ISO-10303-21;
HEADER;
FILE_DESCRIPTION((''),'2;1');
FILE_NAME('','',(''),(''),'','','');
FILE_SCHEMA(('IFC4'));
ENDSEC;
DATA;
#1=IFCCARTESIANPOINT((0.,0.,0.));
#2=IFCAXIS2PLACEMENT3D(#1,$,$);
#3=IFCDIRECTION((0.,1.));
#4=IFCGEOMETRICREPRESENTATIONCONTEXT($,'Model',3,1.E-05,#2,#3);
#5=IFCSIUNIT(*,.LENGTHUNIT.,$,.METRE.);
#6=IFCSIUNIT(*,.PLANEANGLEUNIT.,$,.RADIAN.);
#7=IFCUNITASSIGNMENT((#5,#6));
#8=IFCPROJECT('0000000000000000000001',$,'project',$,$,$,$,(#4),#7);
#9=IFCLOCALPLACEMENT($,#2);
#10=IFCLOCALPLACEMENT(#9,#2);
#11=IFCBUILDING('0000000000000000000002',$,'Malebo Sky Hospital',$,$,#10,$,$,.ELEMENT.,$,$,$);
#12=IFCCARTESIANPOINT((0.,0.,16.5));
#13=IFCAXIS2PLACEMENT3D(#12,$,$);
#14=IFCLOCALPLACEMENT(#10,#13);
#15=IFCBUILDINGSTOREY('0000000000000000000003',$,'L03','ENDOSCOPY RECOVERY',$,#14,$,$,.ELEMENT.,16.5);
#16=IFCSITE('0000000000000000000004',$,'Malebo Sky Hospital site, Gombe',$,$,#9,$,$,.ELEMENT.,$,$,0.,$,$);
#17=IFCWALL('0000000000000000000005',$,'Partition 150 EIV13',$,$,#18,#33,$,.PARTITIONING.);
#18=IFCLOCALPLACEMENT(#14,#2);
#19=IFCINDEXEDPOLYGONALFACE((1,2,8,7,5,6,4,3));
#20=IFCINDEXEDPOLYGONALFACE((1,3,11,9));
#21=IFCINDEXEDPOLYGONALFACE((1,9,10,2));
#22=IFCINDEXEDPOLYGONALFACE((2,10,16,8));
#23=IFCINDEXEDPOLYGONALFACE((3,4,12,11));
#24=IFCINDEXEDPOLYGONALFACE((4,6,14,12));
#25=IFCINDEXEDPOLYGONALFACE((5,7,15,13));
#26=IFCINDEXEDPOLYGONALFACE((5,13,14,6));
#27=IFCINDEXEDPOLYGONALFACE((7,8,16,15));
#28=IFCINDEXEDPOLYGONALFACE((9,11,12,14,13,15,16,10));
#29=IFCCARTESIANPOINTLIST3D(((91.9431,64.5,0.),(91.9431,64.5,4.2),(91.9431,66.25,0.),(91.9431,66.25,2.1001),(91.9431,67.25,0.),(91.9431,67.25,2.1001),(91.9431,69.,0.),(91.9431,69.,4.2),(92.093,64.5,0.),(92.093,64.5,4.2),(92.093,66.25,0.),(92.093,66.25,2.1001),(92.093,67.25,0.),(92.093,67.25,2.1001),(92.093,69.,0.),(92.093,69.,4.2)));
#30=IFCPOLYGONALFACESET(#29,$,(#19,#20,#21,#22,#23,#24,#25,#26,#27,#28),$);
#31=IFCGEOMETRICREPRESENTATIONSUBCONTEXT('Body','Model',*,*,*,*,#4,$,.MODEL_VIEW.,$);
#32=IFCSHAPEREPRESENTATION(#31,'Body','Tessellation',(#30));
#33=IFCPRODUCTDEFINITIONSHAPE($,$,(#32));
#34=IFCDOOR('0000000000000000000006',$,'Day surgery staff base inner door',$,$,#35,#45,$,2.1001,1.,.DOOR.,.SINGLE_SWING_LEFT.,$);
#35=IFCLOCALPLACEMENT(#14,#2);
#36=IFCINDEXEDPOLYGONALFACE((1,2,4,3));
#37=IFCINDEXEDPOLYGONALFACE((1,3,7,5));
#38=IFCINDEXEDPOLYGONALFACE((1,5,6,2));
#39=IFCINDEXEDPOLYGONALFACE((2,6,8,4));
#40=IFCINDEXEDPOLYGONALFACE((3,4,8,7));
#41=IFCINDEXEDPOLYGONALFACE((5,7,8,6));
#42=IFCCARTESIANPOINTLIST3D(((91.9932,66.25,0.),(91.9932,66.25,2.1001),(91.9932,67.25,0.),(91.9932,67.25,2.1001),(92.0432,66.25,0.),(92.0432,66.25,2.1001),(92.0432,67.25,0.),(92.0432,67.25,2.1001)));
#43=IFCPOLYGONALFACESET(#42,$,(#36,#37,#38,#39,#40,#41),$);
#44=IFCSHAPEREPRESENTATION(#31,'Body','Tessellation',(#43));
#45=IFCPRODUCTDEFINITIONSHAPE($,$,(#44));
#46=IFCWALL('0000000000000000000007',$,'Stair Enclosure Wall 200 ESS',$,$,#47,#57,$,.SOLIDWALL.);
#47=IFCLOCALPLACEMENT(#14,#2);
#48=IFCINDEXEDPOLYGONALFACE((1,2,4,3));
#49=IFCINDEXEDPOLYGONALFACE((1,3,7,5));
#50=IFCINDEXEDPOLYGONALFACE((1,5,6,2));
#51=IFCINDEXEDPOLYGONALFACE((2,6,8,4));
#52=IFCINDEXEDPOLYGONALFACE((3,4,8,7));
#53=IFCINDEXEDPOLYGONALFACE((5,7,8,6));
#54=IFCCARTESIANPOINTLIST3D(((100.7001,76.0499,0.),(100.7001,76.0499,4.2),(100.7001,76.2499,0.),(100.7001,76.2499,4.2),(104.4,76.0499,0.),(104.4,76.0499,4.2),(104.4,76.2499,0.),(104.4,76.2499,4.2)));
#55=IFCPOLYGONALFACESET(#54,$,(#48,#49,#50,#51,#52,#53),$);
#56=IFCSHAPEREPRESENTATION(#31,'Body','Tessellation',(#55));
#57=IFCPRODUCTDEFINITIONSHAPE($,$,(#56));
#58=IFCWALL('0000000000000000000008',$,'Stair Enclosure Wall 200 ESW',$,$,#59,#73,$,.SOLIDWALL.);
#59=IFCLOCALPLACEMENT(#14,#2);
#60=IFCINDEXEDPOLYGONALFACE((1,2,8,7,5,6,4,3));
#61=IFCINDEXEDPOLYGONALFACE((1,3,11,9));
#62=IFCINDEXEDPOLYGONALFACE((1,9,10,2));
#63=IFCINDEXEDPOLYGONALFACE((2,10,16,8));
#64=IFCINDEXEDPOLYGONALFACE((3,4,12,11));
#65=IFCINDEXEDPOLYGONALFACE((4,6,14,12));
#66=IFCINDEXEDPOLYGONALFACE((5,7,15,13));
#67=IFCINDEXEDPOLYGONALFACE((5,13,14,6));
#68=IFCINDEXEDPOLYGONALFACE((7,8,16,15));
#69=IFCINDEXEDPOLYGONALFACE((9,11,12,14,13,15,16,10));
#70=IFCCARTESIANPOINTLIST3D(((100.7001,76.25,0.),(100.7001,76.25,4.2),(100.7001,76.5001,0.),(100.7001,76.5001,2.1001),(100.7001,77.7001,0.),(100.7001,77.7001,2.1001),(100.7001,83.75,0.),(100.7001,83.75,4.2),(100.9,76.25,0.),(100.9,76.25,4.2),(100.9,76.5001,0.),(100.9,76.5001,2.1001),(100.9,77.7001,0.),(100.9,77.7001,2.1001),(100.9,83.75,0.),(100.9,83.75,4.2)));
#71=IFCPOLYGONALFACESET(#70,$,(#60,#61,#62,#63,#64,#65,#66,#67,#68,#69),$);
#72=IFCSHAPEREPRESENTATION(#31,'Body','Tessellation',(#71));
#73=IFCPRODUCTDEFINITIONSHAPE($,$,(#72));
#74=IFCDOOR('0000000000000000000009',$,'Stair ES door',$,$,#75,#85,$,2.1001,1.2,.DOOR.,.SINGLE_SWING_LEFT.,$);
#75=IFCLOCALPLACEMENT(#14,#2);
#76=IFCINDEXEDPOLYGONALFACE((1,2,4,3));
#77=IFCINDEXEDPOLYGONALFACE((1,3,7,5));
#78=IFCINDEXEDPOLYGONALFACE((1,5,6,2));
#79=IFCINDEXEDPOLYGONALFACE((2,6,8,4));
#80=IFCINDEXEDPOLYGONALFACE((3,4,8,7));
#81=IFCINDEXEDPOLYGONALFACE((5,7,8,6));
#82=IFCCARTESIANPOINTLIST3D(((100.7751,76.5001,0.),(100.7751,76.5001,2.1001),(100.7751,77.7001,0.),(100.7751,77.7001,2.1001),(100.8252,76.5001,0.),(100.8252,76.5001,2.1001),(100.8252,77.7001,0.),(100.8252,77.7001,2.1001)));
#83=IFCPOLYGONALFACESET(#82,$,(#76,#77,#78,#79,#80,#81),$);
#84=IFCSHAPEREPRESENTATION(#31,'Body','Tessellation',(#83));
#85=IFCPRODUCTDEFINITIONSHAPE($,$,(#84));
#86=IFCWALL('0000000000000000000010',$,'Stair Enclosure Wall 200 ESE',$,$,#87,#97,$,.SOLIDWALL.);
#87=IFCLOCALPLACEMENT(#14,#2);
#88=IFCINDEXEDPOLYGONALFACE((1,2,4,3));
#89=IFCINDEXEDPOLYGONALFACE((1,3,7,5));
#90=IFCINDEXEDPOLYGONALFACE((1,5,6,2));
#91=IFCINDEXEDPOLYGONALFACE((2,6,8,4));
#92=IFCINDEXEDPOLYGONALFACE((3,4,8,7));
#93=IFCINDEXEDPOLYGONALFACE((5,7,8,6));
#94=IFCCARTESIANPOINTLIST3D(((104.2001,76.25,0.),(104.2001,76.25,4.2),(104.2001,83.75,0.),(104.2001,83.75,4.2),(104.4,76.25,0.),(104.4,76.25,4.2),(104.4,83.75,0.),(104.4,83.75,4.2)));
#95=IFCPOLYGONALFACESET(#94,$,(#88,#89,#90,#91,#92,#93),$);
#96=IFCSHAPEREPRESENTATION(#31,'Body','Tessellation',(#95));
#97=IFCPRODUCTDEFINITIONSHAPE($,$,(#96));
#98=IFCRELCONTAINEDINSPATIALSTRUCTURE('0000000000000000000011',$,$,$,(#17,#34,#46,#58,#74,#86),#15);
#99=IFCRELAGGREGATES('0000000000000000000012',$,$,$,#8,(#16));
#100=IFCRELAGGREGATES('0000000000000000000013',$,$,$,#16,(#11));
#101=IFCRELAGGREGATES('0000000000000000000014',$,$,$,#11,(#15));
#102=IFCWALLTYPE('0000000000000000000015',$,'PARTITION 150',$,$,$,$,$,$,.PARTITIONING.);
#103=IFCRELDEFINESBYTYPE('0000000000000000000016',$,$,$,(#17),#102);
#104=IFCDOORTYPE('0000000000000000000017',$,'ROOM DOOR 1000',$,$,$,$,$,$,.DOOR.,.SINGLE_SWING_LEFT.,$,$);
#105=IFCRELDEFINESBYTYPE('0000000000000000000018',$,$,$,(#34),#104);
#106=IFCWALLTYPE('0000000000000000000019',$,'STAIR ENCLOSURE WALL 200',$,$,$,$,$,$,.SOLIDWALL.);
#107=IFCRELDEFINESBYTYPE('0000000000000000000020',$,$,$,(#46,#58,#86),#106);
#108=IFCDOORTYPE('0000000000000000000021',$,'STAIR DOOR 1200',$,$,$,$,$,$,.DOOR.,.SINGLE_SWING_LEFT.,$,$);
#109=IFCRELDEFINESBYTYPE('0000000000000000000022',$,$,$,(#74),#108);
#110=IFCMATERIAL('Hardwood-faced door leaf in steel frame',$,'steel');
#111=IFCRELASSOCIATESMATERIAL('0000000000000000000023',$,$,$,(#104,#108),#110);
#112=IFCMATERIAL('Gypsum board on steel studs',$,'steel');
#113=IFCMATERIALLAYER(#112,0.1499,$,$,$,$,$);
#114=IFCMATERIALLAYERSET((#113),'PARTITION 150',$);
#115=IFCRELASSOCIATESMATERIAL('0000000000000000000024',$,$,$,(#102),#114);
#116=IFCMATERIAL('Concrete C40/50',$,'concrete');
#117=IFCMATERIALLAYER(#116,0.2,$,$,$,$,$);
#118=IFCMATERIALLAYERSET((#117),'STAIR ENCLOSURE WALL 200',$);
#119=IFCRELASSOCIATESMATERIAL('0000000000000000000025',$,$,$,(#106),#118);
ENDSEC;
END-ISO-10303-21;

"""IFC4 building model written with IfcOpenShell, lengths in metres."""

from ifc_helpers import new_model, si_unit, direction, frame, frame_2d, origin, place, context, subcontext, project, spatial, rectangle, extrude, material, layer, layer_set, type_object, element, fill, save


model = new_model("IFC4")

# Units and contexts
model_context = context("Model", 3, precision=1e-05, world=origin(), true_north=direction((0.0, 1.0)))
body_context = subcontext(model_context, "Body", "Model", "MODEL_VIEW")
ifc_project = project(units=[si_unit("LENGTHUNIT", "METRE"), si_unit("PLANEANGLEUNIT", "RADIAN")], contexts=[model_context])

# Site, building, storey
site_placement = place(None, origin())
site = spatial("IfcSite", under=ifc_project, at=site_placement, Name="Malebo Sky Hospital site, Gombe", CompositionType="ELEMENT", RefElevation=0.0)
building_placement = place(site_placement, origin())
building = spatial("IfcBuilding", under=site, at=building_placement, Name="Malebo Sky Hospital", CompositionType="ELEMENT")
storey_placement = place(building_placement, frame((0.0, 0.0, 16.5)))
storey = spatial("IfcBuildingStorey", under=building, at=storey_placement, Name="L03", Description="ENDOSCOPY RECOVERY", CompositionType="ELEMENT", Elevation=16.5)

# Shared definitions
ifc_material_1 = material(Name="Gypsum board on steel studs", Category="steel")
ifc_material_2 = material(Name="Hardwood-faced door leaf in steel frame", Category="steel")
door_type_1 = type_object("IfcDoorType", Name="ROOM DOOR 1000", OperationType="SINGLE_SWING_LEFT", PredefinedType="DOOR", material=ifc_material_2)

# Shared definitions
ifc_layer_1 = layer(ifc_material_1, 0.1499)
ifc_layer_set_1 = layer_set([ifc_layer_1], Name="PARTITION 150")
wall_type_1 = type_object("IfcWallType", Name="PARTITION 150", PredefinedType="PARTITIONING", material=ifc_layer_set_1)

# Wall, opening, door
wall_1_placement = place(storey_placement, frame((92.0181, 64.5, 0.0), z_axis=(0.0, 0.0, 1.0), x_axis=(0.0, 1.0, 0.0)))
wall_1 = element("IfcWall", 1, at=wall_1_placement, inside=storey, type_object=wall_type_1, Name="Partition 150 EIV13", PredefinedType="PARTITIONING", context=body_context, shape_type="SweptSolid", body=[
    extrude(rectangle(XDim=4.5, YDim=0.1499, at=frame_2d((2.25, 0.0))), origin(), (0.0, 0.0, 1.0), 4.2),
])
opening_1_placement = place(wall_1_placement, frame((1.75, 0.0, 0.0)))
opening_1 = element("IfcOpeningElement", 2, at=opening_1_placement, cuts=wall_1, PredefinedType="OPENING", context=body_context, shape_type="SweptSolid", body=[
    extrude(rectangle(XDim=1.0, YDim=2.1001, at=frame_2d((0.5, 1.05))), frame((0.0, 0.085, 0.0), z_axis=(0.0, -1.0, 0.0), x_axis=(1.0, 0.0, 0.0)), (0.0, 0.0, 1.0), 0.1699),
])
door_1_placement = place(opening_1_placement, origin())
door_1 = element("IfcDoor", 3, at=door_1_placement, inside=storey, type_object=door_type_1, Name="Day surgery staff base inner door", OperationType="SINGLE_SWING_LEFT", OverallHeight=2.1001, OverallWidth=1.0, PredefinedType="DOOR", context=body_context, shape_type="SweptSolid", body=[
    extrude(rectangle(XDim=1.0, YDim=2.1001, at=frame_2d((0.5, 1.05))), frame((0.0, 0.0249, 0.0), z_axis=(0.0, -1.0, 0.0), x_axis=(1.0, 0.0, 0.0)), (0.0, 0.0, 1.0), 0.05),
])
fill(opening_1, door_1)

# Wall
ifc_material_3 = material(Name="Concrete C40/50", Category="concrete")
ifc_layer_2 = layer(ifc_material_3, 0.2)
ifc_layer_set_2 = layer_set([ifc_layer_2], Name="STAIR ENCLOSURE WALL 200")
wall_type_2 = type_object("IfcWallType", Name="STAIR ENCLOSURE WALL 200", PredefinedType="SOLIDWALL", material=ifc_layer_set_2)
wall_2_placement = place(storey_placement, frame((100.7, 76.1499, 0.0), z_axis=(0.0, 0.0, 1.0), x_axis=(1.0, 0.0, 0.0)))
element("IfcWall", 4, at=wall_2_placement, inside=storey, type_object=wall_type_2, Name="Stair Enclosure Wall 200 ESS", PredefinedType="SOLIDWALL", context=body_context, shape_type="SweptSolid", body=[
    extrude(rectangle(XDim=3.7, YDim=0.2, at=frame_2d((1.8501, 0.0))), origin(), (0.0, 0.0, 1.0), 4.2),
])

# Wall, opening, door
wall_3_placement = place(storey_placement, frame((100.8, 76.25, 0.0), z_axis=(0.0, 0.0, 1.0), x_axis=(0.0, 1.0, 0.0)))
wall_3 = element("IfcWall", 5, at=wall_3_placement, inside=storey, type_object=wall_type_2, Name="Stair Enclosure Wall 200 ESW", PredefinedType="SOLIDWALL", context=body_context, shape_type="SweptSolid", body=[
    extrude(rectangle(XDim=7.5, YDim=0.2, at=frame_2d((3.75, 0.0))), origin(), (0.0, 0.0, 1.0), 4.2),
])
opening_2_placement = place(wall_3_placement, frame((0.25, 0.0, 0.0)))
opening_2 = element("IfcOpeningElement", 6, at=opening_2_placement, cuts=wall_3, PredefinedType="OPENING", context=body_context, shape_type="SweptSolid", body=[
    extrude(rectangle(XDim=1.2, YDim=2.1001, at=frame_2d((0.6001, 1.05))), frame((0.0, 0.1099, 0.0), z_axis=(0.0, -1.0, 0.0), x_axis=(1.0, 0.0, 0.0)), (0.0, 0.0, 1.0), 0.22),
])
door_type_2 = type_object("IfcDoorType", Name="STAIR DOOR 1200", OperationType="SINGLE_SWING_LEFT", PredefinedType="DOOR", material=ifc_material_2)
door_2_placement = place(opening_2_placement, origin())
door_2 = element("IfcDoor", 7, at=door_2_placement, inside=storey, type_object=door_type_2, Name="Stair ES door", OperationType="SINGLE_SWING_LEFT", OverallHeight=2.1001, OverallWidth=1.2, PredefinedType="DOOR", context=body_context, shape_type="SweptSolid", body=[
    extrude(rectangle(XDim=1.2, YDim=2.1001, at=frame_2d((0.6001, 1.05))), frame((0.0, 0.0249, 0.0), z_axis=(0.0, -1.0, 0.0), x_axis=(1.0, 0.0, 0.0)), (0.0, 0.0, 1.0), 0.05),
])
fill(opening_2, door_2)

# Wall
wall_4_placement = place(storey_placement, frame((104.3, 76.25, 0.0), z_axis=(0.0, 0.0, 1.0), x_axis=(0.0, 1.0, 0.0)))
element("IfcWall", 8, at=wall_4_placement, inside=storey, type_object=wall_type_2, Name="Stair Enclosure Wall 200 ESE", PredefinedType="SOLIDWALL", context=body_context, shape_type="SweptSolid", body=[
    extrude(rectangle(XDim=7.5, YDim=0.2, at=frame_2d((3.75, 0.0))), origin(), (0.0, 0.0, 1.0), 4.2),
])

save(model, "model.ifc")
